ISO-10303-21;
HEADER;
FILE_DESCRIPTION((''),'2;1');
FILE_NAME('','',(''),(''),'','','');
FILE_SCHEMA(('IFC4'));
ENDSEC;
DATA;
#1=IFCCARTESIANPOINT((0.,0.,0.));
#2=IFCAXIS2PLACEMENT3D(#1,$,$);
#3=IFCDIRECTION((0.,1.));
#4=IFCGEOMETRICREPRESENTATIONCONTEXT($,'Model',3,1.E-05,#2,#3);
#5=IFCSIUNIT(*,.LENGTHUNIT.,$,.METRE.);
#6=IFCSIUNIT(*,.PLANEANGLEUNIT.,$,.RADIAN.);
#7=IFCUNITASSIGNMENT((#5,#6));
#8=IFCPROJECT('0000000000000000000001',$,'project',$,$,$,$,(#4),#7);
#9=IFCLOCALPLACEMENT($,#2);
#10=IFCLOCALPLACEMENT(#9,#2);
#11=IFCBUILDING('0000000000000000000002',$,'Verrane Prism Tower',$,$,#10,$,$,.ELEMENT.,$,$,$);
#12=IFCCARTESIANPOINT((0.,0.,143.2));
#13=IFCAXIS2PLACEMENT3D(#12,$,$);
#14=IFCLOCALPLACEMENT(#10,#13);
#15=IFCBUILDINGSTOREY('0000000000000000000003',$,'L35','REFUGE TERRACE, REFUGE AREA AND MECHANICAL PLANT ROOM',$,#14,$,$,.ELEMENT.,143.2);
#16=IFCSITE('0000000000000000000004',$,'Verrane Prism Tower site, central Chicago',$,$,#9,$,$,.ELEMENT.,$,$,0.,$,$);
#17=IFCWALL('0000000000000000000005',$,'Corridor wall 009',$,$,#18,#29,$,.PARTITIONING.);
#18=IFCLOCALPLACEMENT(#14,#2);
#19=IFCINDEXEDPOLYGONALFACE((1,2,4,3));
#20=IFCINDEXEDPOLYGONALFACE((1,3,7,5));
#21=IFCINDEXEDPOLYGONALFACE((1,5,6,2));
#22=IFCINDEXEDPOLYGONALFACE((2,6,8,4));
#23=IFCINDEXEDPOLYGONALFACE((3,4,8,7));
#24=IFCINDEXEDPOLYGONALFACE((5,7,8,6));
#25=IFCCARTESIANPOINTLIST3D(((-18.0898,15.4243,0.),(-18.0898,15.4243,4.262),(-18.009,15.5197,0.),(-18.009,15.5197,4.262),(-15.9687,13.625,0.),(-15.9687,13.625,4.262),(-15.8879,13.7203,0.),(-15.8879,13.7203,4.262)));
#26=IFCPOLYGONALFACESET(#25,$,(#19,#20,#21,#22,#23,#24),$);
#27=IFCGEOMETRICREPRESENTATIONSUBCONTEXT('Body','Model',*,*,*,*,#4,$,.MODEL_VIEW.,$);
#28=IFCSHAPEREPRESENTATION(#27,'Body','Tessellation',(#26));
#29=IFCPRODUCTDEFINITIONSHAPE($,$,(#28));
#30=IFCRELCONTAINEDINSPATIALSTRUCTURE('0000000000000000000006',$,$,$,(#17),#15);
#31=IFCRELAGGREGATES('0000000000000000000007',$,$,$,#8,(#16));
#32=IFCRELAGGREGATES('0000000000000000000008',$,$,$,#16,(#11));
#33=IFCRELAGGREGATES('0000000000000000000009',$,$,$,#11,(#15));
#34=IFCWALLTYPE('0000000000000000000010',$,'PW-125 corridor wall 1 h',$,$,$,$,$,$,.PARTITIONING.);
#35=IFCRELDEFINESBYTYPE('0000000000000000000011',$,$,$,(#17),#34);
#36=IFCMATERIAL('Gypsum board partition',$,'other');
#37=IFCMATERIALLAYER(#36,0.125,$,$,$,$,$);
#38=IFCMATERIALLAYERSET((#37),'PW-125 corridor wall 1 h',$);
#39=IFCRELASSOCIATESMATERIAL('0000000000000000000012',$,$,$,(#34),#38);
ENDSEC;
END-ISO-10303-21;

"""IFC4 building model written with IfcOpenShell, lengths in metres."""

from ifc_helpers import new_model, si_unit, direction, frame, frame_2d, origin, place, context, subcontext, project, spatial, rectangle, extrude, material, layer, layer_set, type_object, element, save


model = new_model("IFC4")

# Units and contexts
model_context = context("Model", 3, precision=1e-05, world=origin(), true_north=direction((0.0, 1.0)))
body_context = subcontext(model_context, "Body", "Model", "MODEL_VIEW")
ifc_project = project(units=[si_unit("LENGTHUNIT", "METRE"), si_unit("PLANEANGLEUNIT", "RADIAN")], contexts=[model_context])

# Site, building, storey
site_placement = place(None, origin())
site = spatial("IfcSite", under=ifc_project, at=site_placement, Name="Verrane Prism Tower site, central Chicago", CompositionType="ELEMENT", RefElevation=0.0)
building_placement = place(site_placement, origin())
building = spatial("IfcBuilding", under=site, at=building_placement, Name="Verrane Prism Tower", CompositionType="ELEMENT")
storey_placement = place(building_placement, frame((0.0, 0.0, 143.2)))
storey = spatial("IfcBuildingStorey", under=building, at=storey_placement, Name="L35", Description="REFUGE TERRACE, REFUGE AREA AND MECHANICAL PLANT ROOM", CompositionType="ELEMENT", Elevation=143.2)

# Wall
ifc_material_1 = material(Name="Gypsum board partition", Category="other")
ifc_layer_1 = layer(ifc_material_1, 0.125)
ifc_layer_set_1 = layer_set([ifc_layer_1], Name="PW-125 corridor wall 1 h")
wall_type = type_object("IfcWallType", Name="PW-125 corridor wall 1 h", PredefinedType="PARTITIONING", material=ifc_layer_set_1)
wall_1_placement = place(storey_placement, frame((-18.0493, 15.4719, 0.0), z_axis=(0.0, 0.0, 1.0), x_axis=(0.76258, -0.646894, 0.0)))
element("IfcWall", 1, at=wall_1_placement, inside=storey, type_object=wall_type, Name="Corridor wall 009", PredefinedType="PARTITIONING", context=body_context, shape_type="SweptSolid", body=[
    extrude(rectangle(XDim=2.7815, YDim=0.125, at=frame_2d((1.3906, 0.0))), origin(), (0.0, 0.0, 1.0), 4.262),
])

save(model, "model.ifc")
